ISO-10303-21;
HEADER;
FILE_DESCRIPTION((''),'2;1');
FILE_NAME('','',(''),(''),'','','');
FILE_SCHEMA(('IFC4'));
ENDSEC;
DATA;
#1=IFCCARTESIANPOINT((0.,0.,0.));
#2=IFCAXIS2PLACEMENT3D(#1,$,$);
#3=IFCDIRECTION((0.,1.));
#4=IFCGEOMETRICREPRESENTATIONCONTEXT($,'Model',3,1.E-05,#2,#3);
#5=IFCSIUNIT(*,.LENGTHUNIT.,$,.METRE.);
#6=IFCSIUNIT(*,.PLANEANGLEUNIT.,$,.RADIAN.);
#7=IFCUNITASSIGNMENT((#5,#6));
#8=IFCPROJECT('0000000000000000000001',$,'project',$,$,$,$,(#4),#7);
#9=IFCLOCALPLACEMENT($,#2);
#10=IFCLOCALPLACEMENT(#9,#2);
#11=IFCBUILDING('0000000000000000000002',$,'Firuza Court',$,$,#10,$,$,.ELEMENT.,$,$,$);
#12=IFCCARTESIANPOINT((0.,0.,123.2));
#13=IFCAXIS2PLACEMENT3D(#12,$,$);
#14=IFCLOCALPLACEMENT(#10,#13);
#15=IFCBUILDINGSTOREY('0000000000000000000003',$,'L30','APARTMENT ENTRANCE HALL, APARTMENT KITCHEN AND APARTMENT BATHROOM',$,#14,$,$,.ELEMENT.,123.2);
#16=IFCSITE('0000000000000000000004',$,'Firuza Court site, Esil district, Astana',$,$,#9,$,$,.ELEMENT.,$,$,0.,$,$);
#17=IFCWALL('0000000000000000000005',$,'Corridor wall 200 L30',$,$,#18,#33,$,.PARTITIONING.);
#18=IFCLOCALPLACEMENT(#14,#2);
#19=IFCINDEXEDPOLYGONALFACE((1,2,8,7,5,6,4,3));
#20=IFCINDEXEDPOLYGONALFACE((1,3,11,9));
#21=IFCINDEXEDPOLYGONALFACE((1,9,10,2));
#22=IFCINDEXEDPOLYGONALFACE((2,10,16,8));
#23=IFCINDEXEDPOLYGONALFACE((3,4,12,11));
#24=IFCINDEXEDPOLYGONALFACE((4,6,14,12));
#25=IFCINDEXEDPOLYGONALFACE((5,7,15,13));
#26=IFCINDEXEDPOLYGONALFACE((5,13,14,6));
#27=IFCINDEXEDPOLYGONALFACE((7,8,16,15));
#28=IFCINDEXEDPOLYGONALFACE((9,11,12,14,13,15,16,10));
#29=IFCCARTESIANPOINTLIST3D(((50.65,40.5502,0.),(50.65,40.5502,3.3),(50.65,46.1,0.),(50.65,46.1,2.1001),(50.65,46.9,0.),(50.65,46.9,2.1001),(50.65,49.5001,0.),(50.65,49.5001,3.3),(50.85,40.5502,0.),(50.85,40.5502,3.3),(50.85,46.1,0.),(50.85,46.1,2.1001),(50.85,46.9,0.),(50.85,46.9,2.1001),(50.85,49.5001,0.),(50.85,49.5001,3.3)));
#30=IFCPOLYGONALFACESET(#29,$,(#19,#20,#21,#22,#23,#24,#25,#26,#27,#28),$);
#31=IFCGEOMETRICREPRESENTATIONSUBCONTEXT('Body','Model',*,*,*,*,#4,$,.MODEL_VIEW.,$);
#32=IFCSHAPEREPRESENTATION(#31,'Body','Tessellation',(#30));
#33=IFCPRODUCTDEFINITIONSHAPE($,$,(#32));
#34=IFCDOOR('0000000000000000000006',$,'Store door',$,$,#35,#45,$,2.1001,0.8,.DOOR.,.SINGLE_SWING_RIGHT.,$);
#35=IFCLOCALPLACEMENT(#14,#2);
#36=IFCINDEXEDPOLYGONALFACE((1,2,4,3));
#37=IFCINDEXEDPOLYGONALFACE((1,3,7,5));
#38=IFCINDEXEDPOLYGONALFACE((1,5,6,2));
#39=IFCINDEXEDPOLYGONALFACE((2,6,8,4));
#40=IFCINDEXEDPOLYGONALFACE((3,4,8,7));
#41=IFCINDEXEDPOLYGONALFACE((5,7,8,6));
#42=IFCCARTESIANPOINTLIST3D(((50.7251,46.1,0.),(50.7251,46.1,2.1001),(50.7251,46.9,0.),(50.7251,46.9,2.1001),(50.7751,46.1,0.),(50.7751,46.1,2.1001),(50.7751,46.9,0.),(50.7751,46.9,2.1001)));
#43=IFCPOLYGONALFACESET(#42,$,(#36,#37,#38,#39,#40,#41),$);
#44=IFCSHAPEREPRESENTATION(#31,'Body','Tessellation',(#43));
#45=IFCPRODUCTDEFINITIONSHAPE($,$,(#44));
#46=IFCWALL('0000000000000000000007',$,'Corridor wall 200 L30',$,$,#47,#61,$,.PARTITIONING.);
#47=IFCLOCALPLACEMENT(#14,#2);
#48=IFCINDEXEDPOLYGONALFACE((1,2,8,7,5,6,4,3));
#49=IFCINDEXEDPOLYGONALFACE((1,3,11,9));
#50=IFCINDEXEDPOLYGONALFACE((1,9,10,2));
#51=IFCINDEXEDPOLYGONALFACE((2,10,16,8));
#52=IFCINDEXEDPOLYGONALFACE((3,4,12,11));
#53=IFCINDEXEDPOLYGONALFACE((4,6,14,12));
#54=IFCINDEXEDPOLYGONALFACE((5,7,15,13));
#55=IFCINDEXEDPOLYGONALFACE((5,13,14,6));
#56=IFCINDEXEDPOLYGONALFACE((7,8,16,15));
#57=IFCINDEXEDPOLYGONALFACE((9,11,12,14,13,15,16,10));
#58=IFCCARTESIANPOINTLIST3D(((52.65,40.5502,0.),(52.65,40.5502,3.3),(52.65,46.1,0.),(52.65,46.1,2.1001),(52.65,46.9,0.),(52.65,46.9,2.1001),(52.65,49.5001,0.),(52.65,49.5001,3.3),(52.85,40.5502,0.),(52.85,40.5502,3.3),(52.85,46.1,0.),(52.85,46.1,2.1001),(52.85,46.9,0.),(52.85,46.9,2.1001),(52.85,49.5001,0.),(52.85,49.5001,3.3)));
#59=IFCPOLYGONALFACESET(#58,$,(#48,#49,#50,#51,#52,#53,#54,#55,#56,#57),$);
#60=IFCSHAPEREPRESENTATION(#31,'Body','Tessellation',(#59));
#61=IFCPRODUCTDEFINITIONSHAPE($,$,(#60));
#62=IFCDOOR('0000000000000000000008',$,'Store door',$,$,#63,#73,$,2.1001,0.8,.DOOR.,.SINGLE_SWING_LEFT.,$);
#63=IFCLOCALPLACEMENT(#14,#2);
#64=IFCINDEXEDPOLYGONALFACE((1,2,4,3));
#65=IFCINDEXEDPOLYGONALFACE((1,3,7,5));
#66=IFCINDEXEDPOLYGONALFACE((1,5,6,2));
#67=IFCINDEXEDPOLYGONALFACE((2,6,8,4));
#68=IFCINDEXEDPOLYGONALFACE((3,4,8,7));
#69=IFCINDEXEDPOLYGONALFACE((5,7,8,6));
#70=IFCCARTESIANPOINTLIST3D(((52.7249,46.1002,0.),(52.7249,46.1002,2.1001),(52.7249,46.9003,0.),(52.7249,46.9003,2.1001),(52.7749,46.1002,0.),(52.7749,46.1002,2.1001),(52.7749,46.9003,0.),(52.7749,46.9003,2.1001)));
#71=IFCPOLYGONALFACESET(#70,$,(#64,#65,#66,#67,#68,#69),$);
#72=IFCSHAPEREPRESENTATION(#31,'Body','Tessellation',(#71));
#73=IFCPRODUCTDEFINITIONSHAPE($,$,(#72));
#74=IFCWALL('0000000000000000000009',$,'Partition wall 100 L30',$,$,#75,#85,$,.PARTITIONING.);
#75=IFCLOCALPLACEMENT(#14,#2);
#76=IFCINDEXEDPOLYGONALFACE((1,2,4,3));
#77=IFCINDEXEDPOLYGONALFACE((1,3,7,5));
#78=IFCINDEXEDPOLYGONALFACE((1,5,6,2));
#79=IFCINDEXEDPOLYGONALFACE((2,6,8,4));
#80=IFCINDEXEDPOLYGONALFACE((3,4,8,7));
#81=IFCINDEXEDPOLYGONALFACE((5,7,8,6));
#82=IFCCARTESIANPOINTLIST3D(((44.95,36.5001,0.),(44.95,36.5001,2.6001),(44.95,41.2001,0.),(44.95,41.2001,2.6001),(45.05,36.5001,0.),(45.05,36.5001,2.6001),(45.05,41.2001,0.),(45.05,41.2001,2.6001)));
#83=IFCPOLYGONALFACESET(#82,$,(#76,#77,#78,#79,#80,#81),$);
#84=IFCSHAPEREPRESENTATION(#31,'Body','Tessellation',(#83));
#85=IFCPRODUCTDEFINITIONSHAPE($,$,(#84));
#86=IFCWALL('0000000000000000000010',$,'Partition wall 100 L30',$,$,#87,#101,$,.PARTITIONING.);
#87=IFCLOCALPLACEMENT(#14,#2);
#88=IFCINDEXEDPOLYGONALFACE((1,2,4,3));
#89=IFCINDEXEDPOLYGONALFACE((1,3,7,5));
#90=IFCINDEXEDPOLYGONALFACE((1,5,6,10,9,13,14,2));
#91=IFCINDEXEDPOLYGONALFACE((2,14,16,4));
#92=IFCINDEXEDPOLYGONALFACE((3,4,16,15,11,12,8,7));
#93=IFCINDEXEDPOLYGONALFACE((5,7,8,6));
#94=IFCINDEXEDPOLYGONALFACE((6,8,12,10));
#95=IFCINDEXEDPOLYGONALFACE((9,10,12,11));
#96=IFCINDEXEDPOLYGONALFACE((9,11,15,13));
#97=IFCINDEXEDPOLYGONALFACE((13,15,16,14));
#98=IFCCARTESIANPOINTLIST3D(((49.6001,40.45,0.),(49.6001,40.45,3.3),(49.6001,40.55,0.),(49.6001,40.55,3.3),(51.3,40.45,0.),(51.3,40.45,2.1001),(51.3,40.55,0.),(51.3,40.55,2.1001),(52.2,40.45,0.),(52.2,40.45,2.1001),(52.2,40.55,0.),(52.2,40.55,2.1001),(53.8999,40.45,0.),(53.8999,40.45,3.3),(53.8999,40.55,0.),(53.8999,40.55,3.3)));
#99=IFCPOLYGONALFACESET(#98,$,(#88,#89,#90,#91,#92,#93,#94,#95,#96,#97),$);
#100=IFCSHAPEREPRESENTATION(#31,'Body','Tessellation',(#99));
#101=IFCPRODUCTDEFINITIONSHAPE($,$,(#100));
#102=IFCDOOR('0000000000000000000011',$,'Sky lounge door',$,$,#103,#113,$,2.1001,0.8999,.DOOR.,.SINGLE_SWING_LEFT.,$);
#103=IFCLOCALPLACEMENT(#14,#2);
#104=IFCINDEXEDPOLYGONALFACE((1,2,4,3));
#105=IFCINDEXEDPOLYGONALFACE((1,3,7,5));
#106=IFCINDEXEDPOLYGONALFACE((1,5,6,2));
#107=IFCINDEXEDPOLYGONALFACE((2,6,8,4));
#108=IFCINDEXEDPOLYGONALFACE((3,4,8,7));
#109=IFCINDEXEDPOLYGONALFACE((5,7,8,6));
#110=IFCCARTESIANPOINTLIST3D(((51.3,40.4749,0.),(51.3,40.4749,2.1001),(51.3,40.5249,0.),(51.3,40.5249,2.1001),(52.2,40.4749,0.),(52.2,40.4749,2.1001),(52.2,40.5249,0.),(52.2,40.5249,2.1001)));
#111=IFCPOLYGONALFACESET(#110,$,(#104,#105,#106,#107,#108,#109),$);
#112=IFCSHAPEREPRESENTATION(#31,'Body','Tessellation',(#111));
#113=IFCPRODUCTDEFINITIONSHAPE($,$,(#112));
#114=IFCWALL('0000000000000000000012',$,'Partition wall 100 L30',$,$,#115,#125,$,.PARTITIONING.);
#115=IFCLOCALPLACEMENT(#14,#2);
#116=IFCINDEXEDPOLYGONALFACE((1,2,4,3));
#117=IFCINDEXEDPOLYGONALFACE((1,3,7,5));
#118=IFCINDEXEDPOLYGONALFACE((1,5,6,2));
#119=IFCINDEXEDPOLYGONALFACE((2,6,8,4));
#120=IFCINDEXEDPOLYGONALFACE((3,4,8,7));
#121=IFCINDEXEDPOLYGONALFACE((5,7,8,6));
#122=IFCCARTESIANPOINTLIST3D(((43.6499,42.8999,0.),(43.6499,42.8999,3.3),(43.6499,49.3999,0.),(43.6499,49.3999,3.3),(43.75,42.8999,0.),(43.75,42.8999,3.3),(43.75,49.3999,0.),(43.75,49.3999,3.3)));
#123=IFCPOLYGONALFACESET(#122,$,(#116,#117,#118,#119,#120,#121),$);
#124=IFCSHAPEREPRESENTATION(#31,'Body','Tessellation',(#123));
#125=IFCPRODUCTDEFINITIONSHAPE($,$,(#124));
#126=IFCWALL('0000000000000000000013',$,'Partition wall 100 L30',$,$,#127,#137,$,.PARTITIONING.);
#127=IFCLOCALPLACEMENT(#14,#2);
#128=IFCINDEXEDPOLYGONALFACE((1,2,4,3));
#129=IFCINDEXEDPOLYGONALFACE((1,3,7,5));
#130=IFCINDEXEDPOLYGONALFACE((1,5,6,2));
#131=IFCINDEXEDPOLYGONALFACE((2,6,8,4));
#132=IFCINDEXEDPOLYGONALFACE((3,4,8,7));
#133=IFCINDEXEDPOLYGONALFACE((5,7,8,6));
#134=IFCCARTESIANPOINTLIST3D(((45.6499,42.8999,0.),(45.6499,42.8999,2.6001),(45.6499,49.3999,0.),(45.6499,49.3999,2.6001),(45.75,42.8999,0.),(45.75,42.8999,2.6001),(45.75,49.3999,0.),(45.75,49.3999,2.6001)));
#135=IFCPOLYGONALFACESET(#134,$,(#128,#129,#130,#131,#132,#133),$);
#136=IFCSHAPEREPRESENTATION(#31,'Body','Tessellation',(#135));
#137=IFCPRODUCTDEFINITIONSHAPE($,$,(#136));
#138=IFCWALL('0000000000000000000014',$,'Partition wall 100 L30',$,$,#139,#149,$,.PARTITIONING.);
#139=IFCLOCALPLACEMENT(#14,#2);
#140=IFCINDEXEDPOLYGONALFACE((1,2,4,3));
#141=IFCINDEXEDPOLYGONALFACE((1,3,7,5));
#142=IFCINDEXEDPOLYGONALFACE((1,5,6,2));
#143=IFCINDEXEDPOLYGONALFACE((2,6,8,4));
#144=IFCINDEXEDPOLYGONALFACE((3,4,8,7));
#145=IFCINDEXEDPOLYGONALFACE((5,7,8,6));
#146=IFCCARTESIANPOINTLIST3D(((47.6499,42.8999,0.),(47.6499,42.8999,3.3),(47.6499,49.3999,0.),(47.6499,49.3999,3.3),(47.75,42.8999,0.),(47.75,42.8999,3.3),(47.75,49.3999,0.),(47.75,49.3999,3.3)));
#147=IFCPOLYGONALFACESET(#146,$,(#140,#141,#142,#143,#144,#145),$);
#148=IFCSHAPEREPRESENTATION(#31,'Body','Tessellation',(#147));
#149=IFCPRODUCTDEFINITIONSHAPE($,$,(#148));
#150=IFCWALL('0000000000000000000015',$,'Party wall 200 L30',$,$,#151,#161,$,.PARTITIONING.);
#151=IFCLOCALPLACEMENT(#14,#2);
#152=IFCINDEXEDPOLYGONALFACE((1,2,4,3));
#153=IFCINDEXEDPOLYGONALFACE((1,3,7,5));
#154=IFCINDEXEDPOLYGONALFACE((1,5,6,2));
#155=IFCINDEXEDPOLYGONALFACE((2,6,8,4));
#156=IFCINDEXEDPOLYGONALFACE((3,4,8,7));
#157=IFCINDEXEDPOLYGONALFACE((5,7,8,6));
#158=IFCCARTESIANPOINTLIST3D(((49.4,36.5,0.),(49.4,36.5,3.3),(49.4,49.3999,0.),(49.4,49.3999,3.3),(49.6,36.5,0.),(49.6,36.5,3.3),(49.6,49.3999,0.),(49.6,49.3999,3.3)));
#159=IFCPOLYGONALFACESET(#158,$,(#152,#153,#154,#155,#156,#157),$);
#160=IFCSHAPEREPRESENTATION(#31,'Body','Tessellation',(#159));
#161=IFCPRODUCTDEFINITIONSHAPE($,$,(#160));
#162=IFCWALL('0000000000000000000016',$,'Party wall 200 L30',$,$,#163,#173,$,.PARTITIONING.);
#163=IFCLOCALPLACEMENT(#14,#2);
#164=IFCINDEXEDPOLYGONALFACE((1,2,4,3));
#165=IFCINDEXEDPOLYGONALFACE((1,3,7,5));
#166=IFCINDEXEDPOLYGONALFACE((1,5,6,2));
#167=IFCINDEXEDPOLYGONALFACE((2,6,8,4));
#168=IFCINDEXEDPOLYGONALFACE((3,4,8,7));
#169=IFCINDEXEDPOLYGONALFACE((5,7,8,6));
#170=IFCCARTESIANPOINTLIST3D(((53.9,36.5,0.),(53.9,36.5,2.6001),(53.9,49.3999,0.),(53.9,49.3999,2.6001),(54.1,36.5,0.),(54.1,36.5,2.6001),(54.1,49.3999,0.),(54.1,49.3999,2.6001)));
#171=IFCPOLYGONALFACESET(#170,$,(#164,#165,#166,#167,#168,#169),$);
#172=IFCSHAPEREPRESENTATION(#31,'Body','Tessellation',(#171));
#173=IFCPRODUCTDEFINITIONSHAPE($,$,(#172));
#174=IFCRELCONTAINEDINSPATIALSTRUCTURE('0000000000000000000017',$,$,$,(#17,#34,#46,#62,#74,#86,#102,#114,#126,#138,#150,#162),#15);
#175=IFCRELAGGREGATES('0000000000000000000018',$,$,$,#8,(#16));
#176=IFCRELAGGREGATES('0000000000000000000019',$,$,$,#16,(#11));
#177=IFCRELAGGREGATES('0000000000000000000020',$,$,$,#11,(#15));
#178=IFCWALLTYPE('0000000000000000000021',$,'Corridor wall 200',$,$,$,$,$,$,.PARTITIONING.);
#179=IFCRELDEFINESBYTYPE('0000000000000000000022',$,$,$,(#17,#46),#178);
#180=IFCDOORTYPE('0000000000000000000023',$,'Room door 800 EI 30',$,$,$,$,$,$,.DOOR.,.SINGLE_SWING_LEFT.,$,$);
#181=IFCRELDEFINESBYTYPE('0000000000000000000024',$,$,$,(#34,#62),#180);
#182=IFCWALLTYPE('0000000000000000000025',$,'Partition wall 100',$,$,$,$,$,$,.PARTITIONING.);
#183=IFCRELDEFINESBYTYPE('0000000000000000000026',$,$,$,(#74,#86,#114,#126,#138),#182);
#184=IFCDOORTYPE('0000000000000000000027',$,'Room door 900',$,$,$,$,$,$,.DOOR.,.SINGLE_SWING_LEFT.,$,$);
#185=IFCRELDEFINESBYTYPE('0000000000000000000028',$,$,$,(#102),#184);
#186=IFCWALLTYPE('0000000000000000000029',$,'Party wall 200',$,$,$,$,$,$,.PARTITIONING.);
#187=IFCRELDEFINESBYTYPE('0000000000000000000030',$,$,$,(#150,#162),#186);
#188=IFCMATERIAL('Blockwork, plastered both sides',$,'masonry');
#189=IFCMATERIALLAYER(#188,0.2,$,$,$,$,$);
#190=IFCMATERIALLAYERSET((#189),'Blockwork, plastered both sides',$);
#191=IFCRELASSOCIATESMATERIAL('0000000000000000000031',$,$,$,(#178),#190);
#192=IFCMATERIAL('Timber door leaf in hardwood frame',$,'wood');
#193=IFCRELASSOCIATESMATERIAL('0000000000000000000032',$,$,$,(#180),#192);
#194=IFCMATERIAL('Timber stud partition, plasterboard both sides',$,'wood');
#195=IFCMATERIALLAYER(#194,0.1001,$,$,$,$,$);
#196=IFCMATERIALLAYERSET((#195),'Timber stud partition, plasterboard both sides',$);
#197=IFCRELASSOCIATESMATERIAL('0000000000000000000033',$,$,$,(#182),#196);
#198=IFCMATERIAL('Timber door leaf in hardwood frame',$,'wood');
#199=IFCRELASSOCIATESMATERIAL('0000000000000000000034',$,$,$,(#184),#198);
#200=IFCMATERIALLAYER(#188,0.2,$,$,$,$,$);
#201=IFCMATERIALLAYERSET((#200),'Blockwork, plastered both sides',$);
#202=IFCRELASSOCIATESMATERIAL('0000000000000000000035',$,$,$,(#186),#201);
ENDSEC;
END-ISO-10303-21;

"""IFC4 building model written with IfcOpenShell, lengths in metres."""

from ifc_helpers import new_model, si_unit, direction, frame, frame_2d, origin, place, context, subcontext, project, spatial, rectangle, extrude, material, layer, layer_set, type_object, element, fill, save


model = new_model("IFC4")

# Units and contexts
model_context = context("Model", 3, precision=1e-05, world=origin(), true_north=direction((0.0, 1.0)))
body_context = subcontext(model_context, "Body", "Model", "MODEL_VIEW")
ifc_project = project(units=[si_unit("LENGTHUNIT", "METRE"), si_unit("PLANEANGLEUNIT", "RADIAN")], contexts=[model_context])

# Site, building, storey
site_placement = place(None, origin())
site = spatial("IfcSite", under=ifc_project, at=site_placement, Name="Firuza Court site, Esil district, Astana", CompositionType="ELEMENT", RefElevation=0.0)
building_placement = place(site_placement, origin())
building = spatial("IfcBuilding", under=site, at=building_placement, Name="Firuza Court", CompositionType="ELEMENT")
storey_placement = place(building_placement, frame((0.0, 0.0, 123.2)))
storey = spatial("IfcBuildingStorey", under=building, at=storey_placement, Name="L30", Description="APARTMENT ENTRANCE HALL, APARTMENT KITCHEN AND APARTMENT BATHROOM", CompositionType="ELEMENT", Elevation=123.2)

# Walls, openings, doors
ifc_material_1 = material(Name="Blockwork, plastered both sides", Category="masonry")
ifc_layer_1 = layer(ifc_material_1, 0.2)
ifc_layer_set_1 = layer_set([ifc_layer_1], Name="Blockwork, plastered both sides")
wall_type_1 = type_object("IfcWallType", Name="Corridor wall 200", PredefinedType="PARTITIONING", material=ifc_layer_set_1)
wall_1_placement = place(storey_placement, frame((50.75, 40.55, 0.0), z_axis=(0.0, 0.0, 1.0), x_axis=(0.0, 1.0, 0.0)))
wall_1 = element("IfcWall", 1, at=wall_1_placement, inside=storey, type_object=wall_type_1, Name="Corridor wall 200 L30", PredefinedType="PARTITIONING", context=body_context, shape_type="SweptSolid", body=[
    extrude(rectangle(XDim=8.95, YDim=0.2, at=frame_2d((4.4751, 0.0))), origin(), (0.0, 0.0, 1.0), 3.3),
])
opening_1_placement = place(wall_1_placement, frame((5.55, 0.0, 0.0)))
opening_1 = element("IfcOpeningElement", 2, at=opening_1_placement, cuts=wall_1, PredefinedType="OPENING", context=body_context, shape_type="SweptSolid", body=[
    extrude(rectangle(XDim=0.8, YDim=2.1001, at=frame_2d((0.3999, 1.05))), frame((0.0, 0.1118, 0.0), z_axis=(0.0, -1.0, 0.0), x_axis=(1.0, 0.0, 0.0)), (0.0, 0.0, 1.0), 0.2239),
])
ifc_material_2 = material(Name="Timber door leaf in hardwood frame", Category="wood")
door_type_1 = type_object("IfcDoorType", Name="Room door 800 EI 30", OperationType="SINGLE_SWING_LEFT", PredefinedType="DOOR", material=ifc_material_2)
door_1_placement = place(opening_1_placement, origin())
door_1 = element("IfcDoor", 3, at=door_1_placement, inside=storey, type_object=door_type_1, Name="Store door", OperationType="SINGLE_SWING_RIGHT", OverallHeight=2.1001, OverallWidth=0.8, PredefinedType="DOOR", context=body_context, shape_type="SweptSolid", body=[
    extrude(rectangle(XDim=0.8, YDim=2.1001, at=frame_2d((0.3999, 1.05))), frame((0.0, 0.0249, 0.0), z_axis=(0.0, -1.0, 0.0), x_axis=(1.0, 0.0, 0.0)), (0.0, 0.0, 1.0), 0.05),
])
fill(opening_1, door_1)
wall_2_placement = place(storey_placement, frame((52.75, 40.55, 0.0), z_axis=(0.0, 0.0, 1.0), x_axis=(0.0, 1.0, 0.0)))
wall_2 = element("IfcWall", 4, at=wall_2_placement, inside=storey, type_object=wall_type_1, Name="Corridor wall 200 L30", PredefinedType="PARTITIONING", context=body_context, shape_type="SweptSolid", body=[
    extrude(rectangle(XDim=8.95, YDim=0.2, at=frame_2d((4.4751, 0.0))), origin(), (0.0, 0.0, 1.0), 3.3),
])
opening_2_placement = place(wall_2_placement, frame((5.55, 0.0, 0.0)))
opening_2 = element("IfcOpeningElement", 5, at=opening_2_placement, cuts=wall_2, PredefinedType="OPENING", context=body_context, shape_type="SweptSolid", body=[
    extrude(rectangle(XDim=0.8, YDim=2.1001, at=frame_2d((0.3999, 1.05))), frame((0.0, 0.1118, 0.0), z_axis=(0.0, -1.0, 0.0), x_axis=(1.0, 0.0, 0.0)), (0.0, 0.0, 1.0), 0.2239),
])
door_2_placement = place(opening_2_placement, frame((0.8, 0.0, 0.0), z_axis=(0.0, 0.0, 1.0), x_axis=(-1.0, 0.0, 0.0)))
door_2 = element("IfcDoor", 6, at=door_2_placement, inside=storey, type_object=door_type_1, Name="Store door", OperationType="SINGLE_SWING_LEFT", OverallHeight=2.1001, OverallWidth=0.8, PredefinedType="DOOR", context=body_context, shape_type="SweptSolid", body=[
    extrude(rectangle(XDim=0.8, YDim=2.1001, at=frame_2d((0.3999, 1.05))), frame((0.0, 0.0249, 0.0), z_axis=(0.0, -1.0, 0.0), x_axis=(1.0, 0.0, 0.0)), (0.0, 0.0, 1.0), 0.05),
])
fill(opening_2, door_2)

# Wall
ifc_material_3 = material(Name="Timber stud partition, plasterboard both sides", Category="wood")
ifc_layer_2 = layer(ifc_material_3, 0.1001)
ifc_layer_set_2 = layer_set([ifc_layer_2], Name="Timber stud partition, plasterboard both sides")
wall_type_2 = type_object("IfcWallType", Name="Partition wall 100", PredefinedType="PARTITIONING", material=ifc_layer_set_2)
wall_3_placement = place(storey_placement, frame((45.0, 36.5, 0.0), z_axis=(0.0, 0.0, 1.0), x_axis=(0.0, 1.0, 0.0)))
element("IfcWall", 7, at=wall_3_placement, inside=storey, type_object=wall_type_2, Name="Partition wall 100 L30", PredefinedType="PARTITIONING", context=body_context, shape_type="SweptSolid", body=[
    extrude(rectangle(XDim=4.7, YDim=0.1001, at=frame_2d((2.3501, 0.0))), origin(), (0.0, 0.0, 1.0), 2.6001),
])

# Wall, opening, door
wall_4_placement = place(storey_placement, frame((49.6001, 40.5, 0.0), z_axis=(0.0, 0.0, 1.0), x_axis=(1.0, 0.0, 0.0)))
wall_4 = element("IfcWall", 8, at=wall_4_placement, inside=storey, type_object=wall_type_2, Name="Partition wall 100 L30", PredefinedType="PARTITIONING", context=body_context, shape_type="SweptSolid", body=[
    extrude(rectangle(XDim=4.2998, YDim=0.1001, at=frame_2d((2.1499, 0.0))), origin(), (0.0, 0.0, 1.0), 3.3),
])
opening_3_placement = place(wall_4_placement, frame((1.7, 0.0, 0.0)))
opening_3 = element("IfcOpeningElement", 9, at=opening_3_placement, cuts=wall_4, PredefinedType="OPENING", context=body_context, shape_type="SweptSolid", body=[
    extrude(rectangle(XDim=0.8999, YDim=2.1001, at=frame_2d((0.45, 1.05))), frame((0.0, 0.062, 0.0), z_axis=(0.0, -1.0, 0.0), x_axis=(1.0, 0.0, 0.0)), (0.0, 0.0, 1.0), 0.124),
])
ifc_material_4 = material(Name="Timber door leaf in hardwood frame", Category="wood")
door_type_2 = type_object("IfcDoorType", Name="Room door 900", OperationType="SINGLE_SWING_LEFT", PredefinedType="DOOR", material=ifc_material_4)
door_3_placement = place(opening_3_placement, origin())
door_3 = element("IfcDoor", 10, at=door_3_placement, inside=storey, type_object=door_type_2, Name="Sky lounge door", OperationType="SINGLE_SWING_LEFT", OverallHeight=2.1001, OverallWidth=0.8999, PredefinedType="DOOR", context=body_context, shape_type="SweptSolid", body=[
    extrude(rectangle(XDim=0.8999, YDim=2.1001, at=frame_2d((0.45, 1.05))), frame((0.0, 0.0249, 0.0), z_axis=(0.0, -1.0, 0.0), x_axis=(1.0, 0.0, 0.0)), (0.0, 0.0, 1.0), 0.05),
])
fill(opening_3, door_3)

# Walls
wall_5_placement = place(storey_placement, frame((43.7, 42.8999, 0.0), z_axis=(0.0, 0.0, 1.0), x_axis=(0.0, 1.0, 0.0)))
element("IfcWall", 11, at=wall_5_placement, inside=storey, type_object=wall_type_2, Name="Partition wall 100 L30", PredefinedType="PARTITIONING", context=body_context, shape_type="SweptSolid", body=[
    extrude(rectangle(XDim=6.5, YDim=0.1001, at=frame_2d((3.25, 0.0))), origin(), (0.0, 0.0, 1.0), 3.3),
])
wall_6_placement = place(storey_placement, frame((45.7, 42.8999, 0.0), z_axis=(0.0, 0.0, 1.0), x_axis=(0.0, 1.0, 0.0)))
element("IfcWall", 12, at=wall_6_placement, inside=storey, type_object=wall_type_2, Name="Partition wall 100 L30", PredefinedType="PARTITIONING", context=body_context, shape_type="SweptSolid", body=[
    extrude(rectangle(XDim=6.5, YDim=0.1001, at=frame_2d((3.25, 0.0))), origin(), (0.0, 0.0, 1.0), 2.6001),
])
wall_7_placement = place(storey_placement, frame((47.7, 42.8999, 0.0), z_axis=(0.0, 0.0, 1.0), x_axis=(0.0, 1.0, 0.0)))
element("IfcWall", 13, at=wall_7_placement, inside=storey, type_object=wall_type_2, Name="Partition wall 100 L30", PredefinedType="PARTITIONING", context=body_context, shape_type="SweptSolid", body=[
    extrude(rectangle(XDim=6.5, YDim=0.1001, at=frame_2d((3.25, 0.0))), origin(), (0.0, 0.0, 1.0), 3.3),
])
ifc_layer_3 = layer(ifc_material_1, 0.2)
ifc_layer_set_3 = layer_set([ifc_layer_3], Name="Blockwork, plastered both sides")
wall_type_3 = type_object("IfcWallType", Name="Party wall 200", PredefinedType="PARTITIONING", material=ifc_layer_set_3)
wall_8_placement = place(storey_placement, frame((49.5, 36.5, 0.0), z_axis=(0.0, 0.0, 1.0), x_axis=(0.0, 1.0, 0.0)))
element("IfcWall", 14, at=wall_8_placement, inside=storey, type_object=wall_type_3, Name="Party wall 200 L30", PredefinedType="PARTITIONING", context=body_context, shape_type="SweptSolid", body=[
    extrude(rectangle(XDim=12.8999, YDim=0.2, at=frame_2d((6.45, 0.0))), origin(), (0.0, 0.0, 1.0), 3.3),
])
wall_9_placement = place(storey_placement, frame((54.0, 36.5, 0.0), z_axis=(0.0, 0.0, 1.0), x_axis=(0.0, 1.0, 0.0)))
element("IfcWall", 15, at=wall_9_placement, inside=storey, type_object=wall_type_3, Name="Party wall 200 L30", PredefinedType="PARTITIONING", context=body_context, shape_type="SweptSolid", body=[
    extrude(rectangle(XDim=12.8999, YDim=0.2, at=frame_2d((6.45, 0.0))), origin(), (0.0, 0.0, 1.0), 2.6001),
])

save(model, "model.ifc")
